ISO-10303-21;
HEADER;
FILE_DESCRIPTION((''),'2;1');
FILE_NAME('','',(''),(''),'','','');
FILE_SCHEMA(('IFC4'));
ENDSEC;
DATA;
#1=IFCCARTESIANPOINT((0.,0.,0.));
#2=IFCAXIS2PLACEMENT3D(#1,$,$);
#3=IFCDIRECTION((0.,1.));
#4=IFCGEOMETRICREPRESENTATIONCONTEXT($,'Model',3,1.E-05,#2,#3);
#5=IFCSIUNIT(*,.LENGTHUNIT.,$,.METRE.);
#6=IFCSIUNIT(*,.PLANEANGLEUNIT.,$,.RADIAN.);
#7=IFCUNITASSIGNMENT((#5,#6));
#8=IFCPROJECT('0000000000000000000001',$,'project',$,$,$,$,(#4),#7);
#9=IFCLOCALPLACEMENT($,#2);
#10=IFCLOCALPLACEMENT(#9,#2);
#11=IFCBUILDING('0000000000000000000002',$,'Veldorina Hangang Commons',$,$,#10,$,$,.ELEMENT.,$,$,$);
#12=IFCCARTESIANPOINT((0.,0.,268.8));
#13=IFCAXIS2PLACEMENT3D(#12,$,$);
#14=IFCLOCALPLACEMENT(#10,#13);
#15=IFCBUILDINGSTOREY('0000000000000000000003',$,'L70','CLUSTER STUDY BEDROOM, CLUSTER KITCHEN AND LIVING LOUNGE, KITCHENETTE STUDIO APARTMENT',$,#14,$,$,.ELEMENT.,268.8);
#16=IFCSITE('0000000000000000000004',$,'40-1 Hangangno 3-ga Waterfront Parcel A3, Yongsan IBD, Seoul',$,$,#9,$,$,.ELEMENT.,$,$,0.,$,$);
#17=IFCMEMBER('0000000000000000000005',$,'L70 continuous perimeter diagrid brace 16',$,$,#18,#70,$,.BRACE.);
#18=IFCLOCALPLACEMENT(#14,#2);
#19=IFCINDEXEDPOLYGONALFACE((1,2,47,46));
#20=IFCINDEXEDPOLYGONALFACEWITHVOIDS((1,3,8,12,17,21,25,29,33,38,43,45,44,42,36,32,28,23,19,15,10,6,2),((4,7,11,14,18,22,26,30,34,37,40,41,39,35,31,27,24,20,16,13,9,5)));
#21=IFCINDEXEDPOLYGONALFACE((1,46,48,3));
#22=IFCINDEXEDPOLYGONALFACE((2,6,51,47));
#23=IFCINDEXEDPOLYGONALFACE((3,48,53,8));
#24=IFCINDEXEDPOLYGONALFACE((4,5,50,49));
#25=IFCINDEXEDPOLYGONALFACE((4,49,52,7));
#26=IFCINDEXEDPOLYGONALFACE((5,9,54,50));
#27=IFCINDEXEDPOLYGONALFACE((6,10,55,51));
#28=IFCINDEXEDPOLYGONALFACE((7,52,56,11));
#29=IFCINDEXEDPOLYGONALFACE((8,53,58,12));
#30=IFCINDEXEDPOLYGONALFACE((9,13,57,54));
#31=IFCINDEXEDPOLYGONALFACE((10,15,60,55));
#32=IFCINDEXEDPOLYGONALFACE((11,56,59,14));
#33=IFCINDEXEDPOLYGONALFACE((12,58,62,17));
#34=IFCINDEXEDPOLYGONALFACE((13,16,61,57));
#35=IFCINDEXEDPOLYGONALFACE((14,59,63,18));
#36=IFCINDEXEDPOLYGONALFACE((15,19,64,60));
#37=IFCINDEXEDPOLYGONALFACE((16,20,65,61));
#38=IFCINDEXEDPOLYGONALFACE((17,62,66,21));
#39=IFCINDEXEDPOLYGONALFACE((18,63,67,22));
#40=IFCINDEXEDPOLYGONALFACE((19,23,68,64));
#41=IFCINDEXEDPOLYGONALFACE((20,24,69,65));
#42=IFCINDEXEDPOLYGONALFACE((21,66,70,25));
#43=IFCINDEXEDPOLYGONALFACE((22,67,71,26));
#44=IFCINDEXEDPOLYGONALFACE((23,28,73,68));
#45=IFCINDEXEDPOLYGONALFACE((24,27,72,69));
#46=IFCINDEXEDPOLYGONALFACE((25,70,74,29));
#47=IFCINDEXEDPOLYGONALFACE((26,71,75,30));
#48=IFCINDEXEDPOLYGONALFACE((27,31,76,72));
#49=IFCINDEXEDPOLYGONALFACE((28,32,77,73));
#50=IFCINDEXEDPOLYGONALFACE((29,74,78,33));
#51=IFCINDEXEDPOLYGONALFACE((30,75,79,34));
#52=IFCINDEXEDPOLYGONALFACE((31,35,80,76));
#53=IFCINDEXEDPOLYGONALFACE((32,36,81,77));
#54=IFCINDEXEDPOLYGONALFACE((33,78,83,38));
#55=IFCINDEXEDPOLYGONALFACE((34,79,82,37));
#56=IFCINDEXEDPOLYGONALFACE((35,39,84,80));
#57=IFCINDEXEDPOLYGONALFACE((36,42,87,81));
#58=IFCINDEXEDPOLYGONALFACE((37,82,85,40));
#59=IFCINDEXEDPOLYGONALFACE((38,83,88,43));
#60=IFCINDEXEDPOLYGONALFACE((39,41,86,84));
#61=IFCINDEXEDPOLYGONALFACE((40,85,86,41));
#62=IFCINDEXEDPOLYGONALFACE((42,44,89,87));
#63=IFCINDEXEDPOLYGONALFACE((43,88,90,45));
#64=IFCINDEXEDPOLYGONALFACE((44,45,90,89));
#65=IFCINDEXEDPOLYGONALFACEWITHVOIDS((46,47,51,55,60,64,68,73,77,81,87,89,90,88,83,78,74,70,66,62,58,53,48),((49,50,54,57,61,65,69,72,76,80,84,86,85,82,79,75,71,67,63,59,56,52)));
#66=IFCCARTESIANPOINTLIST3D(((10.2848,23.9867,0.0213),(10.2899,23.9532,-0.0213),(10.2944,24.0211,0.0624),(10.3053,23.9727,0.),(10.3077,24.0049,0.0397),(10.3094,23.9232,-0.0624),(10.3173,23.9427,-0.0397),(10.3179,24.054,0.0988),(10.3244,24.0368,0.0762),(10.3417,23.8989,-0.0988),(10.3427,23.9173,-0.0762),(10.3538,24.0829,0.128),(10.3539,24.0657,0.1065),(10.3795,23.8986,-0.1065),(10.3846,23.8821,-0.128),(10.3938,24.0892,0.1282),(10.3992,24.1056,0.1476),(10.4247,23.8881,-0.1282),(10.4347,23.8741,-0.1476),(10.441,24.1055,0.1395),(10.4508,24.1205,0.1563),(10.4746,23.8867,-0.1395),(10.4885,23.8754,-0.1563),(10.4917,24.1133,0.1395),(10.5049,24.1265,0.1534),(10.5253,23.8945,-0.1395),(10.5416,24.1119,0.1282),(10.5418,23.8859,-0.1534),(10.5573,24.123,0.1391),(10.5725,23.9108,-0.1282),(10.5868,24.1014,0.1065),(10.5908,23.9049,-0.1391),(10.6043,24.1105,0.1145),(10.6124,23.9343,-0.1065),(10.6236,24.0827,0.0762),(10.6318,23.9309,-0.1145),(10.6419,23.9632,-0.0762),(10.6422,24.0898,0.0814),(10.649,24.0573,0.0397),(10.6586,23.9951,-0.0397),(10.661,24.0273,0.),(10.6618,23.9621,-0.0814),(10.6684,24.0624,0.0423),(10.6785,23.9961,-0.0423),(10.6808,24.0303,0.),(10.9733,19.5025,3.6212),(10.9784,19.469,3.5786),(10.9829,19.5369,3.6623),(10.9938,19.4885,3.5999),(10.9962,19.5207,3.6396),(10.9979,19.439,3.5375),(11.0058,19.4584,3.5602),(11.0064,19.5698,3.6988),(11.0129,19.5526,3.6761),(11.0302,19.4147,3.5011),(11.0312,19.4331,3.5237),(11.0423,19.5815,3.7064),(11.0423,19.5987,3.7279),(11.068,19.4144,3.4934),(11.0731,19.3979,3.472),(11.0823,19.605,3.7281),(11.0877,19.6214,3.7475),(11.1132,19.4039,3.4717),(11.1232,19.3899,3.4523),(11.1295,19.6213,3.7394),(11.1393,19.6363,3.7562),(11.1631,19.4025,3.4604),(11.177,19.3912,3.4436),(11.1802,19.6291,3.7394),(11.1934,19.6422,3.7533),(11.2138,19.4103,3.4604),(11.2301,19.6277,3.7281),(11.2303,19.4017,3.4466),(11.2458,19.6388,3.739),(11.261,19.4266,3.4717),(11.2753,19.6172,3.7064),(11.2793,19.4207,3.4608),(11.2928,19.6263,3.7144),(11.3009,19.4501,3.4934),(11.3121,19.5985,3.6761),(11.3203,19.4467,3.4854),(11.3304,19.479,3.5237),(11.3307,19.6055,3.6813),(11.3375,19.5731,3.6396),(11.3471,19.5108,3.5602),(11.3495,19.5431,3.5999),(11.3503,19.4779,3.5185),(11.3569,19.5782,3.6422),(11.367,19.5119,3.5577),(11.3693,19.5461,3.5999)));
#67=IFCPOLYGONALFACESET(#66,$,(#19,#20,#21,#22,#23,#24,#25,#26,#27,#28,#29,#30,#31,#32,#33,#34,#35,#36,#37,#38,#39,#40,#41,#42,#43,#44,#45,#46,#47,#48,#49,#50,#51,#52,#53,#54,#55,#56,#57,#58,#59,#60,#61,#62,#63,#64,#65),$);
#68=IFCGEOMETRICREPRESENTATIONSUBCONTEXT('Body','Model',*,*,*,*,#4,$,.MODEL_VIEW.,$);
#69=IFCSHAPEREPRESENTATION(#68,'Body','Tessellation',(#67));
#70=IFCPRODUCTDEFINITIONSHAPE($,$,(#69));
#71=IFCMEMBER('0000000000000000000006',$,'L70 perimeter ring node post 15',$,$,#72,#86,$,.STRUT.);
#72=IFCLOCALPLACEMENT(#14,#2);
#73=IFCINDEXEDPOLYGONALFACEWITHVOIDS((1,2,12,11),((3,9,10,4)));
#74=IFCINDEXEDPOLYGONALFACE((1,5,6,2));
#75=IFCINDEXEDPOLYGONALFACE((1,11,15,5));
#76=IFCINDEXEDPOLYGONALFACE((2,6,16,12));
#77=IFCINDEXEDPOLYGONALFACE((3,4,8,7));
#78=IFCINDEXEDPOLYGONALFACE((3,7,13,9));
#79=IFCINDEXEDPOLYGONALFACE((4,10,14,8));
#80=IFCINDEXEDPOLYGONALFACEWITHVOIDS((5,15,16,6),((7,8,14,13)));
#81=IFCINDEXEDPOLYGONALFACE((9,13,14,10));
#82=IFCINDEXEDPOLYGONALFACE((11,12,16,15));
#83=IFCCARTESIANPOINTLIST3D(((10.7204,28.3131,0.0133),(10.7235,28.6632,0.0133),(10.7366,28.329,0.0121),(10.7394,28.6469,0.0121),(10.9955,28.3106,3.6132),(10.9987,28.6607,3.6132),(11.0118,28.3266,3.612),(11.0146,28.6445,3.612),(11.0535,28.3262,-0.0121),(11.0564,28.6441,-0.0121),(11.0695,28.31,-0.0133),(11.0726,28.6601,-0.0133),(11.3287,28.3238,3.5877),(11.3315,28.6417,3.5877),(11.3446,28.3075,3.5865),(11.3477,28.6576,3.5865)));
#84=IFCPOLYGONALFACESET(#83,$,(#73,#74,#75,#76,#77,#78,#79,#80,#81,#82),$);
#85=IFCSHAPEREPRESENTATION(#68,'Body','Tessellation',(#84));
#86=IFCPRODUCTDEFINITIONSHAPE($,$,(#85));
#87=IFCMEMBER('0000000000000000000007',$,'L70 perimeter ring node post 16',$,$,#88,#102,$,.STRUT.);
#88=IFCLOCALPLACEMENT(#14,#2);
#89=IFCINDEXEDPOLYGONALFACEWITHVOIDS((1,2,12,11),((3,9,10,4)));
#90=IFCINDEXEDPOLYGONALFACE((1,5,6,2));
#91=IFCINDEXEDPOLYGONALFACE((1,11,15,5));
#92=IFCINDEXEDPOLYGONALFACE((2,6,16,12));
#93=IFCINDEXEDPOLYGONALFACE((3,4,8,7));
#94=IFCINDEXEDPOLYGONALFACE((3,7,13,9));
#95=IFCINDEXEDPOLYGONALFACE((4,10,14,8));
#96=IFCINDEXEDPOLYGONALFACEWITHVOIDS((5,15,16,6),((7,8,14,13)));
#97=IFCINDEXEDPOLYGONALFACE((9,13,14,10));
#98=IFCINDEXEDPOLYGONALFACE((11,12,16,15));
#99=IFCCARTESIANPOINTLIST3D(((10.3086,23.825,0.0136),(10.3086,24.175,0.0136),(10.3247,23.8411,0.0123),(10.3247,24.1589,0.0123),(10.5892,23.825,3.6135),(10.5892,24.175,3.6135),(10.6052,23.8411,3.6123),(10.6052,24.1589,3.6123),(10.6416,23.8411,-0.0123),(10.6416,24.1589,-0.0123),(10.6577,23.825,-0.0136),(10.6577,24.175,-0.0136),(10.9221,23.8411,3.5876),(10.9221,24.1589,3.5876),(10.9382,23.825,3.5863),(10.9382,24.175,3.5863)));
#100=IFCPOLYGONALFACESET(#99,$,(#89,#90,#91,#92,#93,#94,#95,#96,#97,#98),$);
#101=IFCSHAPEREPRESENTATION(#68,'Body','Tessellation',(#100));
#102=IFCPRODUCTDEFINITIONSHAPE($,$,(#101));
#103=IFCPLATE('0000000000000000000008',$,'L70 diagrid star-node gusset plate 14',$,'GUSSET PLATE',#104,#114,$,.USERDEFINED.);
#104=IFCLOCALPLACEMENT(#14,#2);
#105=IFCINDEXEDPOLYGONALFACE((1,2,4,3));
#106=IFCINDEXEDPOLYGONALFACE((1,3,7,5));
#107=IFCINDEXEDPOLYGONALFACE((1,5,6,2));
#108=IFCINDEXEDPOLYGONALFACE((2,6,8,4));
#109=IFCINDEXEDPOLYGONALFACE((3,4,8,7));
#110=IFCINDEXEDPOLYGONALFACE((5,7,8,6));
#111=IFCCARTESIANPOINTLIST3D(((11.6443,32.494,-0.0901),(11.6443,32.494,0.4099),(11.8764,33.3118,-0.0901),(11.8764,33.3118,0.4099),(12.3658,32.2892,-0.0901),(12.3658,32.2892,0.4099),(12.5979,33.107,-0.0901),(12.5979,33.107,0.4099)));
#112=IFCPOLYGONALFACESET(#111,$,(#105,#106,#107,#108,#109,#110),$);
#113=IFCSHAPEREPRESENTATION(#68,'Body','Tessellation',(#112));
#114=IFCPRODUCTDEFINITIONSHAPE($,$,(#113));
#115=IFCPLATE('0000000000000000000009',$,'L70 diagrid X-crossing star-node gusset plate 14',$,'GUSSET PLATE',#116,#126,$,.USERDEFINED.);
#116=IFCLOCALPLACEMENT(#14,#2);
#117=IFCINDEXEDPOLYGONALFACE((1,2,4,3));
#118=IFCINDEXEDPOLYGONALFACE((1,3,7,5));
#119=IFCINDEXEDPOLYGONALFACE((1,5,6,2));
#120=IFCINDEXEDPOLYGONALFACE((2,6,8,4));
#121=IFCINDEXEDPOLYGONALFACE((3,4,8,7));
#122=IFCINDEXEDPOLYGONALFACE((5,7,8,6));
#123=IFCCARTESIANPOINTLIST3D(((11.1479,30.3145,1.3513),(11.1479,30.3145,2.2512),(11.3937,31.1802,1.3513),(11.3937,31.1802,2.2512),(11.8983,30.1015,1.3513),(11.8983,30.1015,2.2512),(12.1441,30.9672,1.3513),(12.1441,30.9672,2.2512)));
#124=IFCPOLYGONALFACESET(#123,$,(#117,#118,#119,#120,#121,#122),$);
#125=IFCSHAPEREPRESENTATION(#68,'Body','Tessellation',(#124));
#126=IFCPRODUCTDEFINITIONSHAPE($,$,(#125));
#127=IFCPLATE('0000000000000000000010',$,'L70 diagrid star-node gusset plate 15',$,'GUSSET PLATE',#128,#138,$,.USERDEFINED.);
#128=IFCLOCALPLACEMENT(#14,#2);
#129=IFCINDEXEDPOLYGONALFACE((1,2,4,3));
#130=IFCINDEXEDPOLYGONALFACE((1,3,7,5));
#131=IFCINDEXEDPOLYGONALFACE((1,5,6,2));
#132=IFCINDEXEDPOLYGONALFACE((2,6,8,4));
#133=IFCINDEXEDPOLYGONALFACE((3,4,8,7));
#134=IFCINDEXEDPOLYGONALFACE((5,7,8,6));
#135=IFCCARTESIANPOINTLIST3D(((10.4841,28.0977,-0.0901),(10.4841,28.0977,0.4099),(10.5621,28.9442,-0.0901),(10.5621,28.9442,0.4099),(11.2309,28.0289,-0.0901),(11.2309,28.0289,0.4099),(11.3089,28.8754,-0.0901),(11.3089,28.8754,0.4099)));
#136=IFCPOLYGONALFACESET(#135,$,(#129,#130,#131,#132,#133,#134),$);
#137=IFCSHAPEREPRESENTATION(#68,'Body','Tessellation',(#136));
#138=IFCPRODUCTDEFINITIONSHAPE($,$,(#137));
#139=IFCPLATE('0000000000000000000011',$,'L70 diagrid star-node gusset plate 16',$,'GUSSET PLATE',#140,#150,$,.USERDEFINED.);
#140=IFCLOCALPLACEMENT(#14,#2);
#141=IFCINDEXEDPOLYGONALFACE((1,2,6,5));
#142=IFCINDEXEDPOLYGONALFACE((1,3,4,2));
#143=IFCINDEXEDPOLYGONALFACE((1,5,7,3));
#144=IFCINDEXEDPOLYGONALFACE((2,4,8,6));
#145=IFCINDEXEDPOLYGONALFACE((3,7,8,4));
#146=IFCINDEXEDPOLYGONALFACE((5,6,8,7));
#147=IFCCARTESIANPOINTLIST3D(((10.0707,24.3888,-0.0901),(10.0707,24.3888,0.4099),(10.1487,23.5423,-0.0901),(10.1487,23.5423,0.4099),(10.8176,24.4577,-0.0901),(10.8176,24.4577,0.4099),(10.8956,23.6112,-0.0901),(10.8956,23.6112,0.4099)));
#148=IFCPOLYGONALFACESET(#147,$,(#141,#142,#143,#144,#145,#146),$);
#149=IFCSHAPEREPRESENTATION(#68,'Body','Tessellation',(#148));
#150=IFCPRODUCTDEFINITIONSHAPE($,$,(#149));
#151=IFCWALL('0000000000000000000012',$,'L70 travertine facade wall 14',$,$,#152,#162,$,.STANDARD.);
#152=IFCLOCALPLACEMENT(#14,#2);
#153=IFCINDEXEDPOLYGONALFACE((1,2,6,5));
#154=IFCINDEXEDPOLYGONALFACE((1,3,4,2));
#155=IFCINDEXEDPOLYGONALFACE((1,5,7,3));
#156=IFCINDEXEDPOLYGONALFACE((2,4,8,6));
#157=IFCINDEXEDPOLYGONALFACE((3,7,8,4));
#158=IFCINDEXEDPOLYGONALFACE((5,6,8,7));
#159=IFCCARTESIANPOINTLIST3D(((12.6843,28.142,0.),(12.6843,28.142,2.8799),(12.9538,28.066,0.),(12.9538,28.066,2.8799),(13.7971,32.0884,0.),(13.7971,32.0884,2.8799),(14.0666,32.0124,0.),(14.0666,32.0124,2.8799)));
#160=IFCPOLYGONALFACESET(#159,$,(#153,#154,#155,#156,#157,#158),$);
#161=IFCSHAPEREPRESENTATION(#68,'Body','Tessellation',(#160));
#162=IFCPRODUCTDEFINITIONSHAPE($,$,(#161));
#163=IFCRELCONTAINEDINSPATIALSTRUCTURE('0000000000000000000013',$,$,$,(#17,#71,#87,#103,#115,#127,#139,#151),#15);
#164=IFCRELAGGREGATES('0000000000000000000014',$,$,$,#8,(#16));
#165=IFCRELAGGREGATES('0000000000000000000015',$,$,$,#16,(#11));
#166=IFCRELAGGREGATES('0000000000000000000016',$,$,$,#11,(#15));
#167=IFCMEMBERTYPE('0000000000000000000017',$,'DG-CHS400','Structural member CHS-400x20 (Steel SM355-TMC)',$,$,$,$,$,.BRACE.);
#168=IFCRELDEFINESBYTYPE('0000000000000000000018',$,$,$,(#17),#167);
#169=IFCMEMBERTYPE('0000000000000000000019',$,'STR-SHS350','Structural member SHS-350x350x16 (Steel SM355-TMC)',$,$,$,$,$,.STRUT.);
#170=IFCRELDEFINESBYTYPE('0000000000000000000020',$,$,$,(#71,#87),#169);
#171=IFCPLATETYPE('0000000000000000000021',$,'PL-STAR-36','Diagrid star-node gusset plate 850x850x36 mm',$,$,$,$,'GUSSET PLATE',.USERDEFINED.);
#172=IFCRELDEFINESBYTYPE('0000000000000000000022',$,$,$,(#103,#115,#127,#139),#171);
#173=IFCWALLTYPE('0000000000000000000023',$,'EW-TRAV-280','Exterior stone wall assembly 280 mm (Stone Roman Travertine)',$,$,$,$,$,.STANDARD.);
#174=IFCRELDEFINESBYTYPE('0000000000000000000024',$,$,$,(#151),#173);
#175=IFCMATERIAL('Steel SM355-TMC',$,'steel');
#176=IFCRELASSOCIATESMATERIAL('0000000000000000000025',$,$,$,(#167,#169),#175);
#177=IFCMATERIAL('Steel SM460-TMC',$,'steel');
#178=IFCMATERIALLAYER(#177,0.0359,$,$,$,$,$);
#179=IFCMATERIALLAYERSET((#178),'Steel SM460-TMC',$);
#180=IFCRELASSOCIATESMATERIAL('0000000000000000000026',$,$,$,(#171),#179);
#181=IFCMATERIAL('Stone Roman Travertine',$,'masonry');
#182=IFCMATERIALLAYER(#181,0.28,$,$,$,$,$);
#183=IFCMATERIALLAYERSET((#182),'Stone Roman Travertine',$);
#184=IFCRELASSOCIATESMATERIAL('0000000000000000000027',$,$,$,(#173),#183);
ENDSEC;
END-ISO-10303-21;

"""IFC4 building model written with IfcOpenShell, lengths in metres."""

from ifc_helpers import new_model, si_unit, direction, frame, frame_2d, origin, origin_2d, place, context, subcontext, project, spatial, rectangle, hollow_rectangle, hollow_circle, extrude, material, layer, layer_set, material_profile, profile_set, type_object, element, save


model = new_model("IFC4")

# Units and contexts
model_context = context("Model", 3, precision=1e-05, world=origin(), true_north=direction((0.0, 1.0)))
body_context = subcontext(model_context, "Body", "Model", "MODEL_VIEW")
ifc_project = project(units=[si_unit("LENGTHUNIT", "METRE"), si_unit("PLANEANGLEUNIT", "RADIAN")], contexts=[model_context])

# Site, building, storey
site_placement = place(None, origin())
site = spatial("IfcSite", under=ifc_project, at=site_placement, Name="40-1 Hangangno 3-ga Waterfront Parcel A3, Yongsan IBD, Seoul", CompositionType="ELEMENT", RefElevation=0.0)
building_placement = place(site_placement, origin())
building = spatial("IfcBuilding", under=site, at=building_placement, Name="Veldorina Hangang Commons", CompositionType="ELEMENT")
storey_placement = place(building_placement, frame((0.0, 0.0, 268.8)))
storey = spatial("IfcBuildingStorey", under=building, at=storey_placement, Name="L70", Description="CLUSTER STUDY BEDROOM, CLUSTER KITCHEN AND LIVING LOUNGE, KITCHENETTE STUDIO APARTMENT", CompositionType="ELEMENT", Elevation=268.8)

# Shared definitions
ifc_material_1 = material(Name="Steel SM355-TMC", Category="steel")

# Members
ifc_material_profile_1 = material_profile(ifc_material_1, hollow_circle(Radius=0.2, WallThickness=0.02, at=origin_2d()), Name="CHS-400x20")
ifc_profile_set_1 = profile_set([ifc_material_profile_1], Name="Steel SM355-TMC")
member_type_1 = type_object("IfcMemberType", Name="DG-CHS400", Description="Structural member CHS-400x20 (Steel SM355-TMC)", PredefinedType="BRACE", material=ifc_profile_set_1)
member_1_placement = place(storey_placement, frame((10.4832, 24.0, 0.0), z_axis=(0.118879, -0.774273, 0.621585), x_axis=(0.988418, 0.151758, 0.0)))
element("IfcMember", 1, at=member_1_placement, inside=storey, type_object=member_type_1, Name="L70 continuous perimeter diagrid brace 16", PredefinedType="BRACE", context=body_context, shape_type="SweptSolid", body=[
    extrude(hollow_circle(Radius=0.2, WallThickness=0.02, at=origin_2d()), origin(), (0.0, 0.0, 1.0), 5.7915),
])
ifc_material_profile_2 = material_profile(ifc_material_1, hollow_rectangle(XDim=0.3501, YDim=0.3501, WallThickness=0.0161, at=origin_2d()), Name="SHS-350x350x16")
ifc_profile_set_2 = profile_set([ifc_material_profile_2], Name="Steel SM355-TMC")
member_type_2 = type_object("IfcMemberType", Name="STR-SHS350", Description="Structural member SHS-350x350x16 (Steel SM355-TMC)", PredefinedType="STRUT", material=ifc_profile_set_2)
member_2_placement = place(storey_placement, frame((10.8965, 28.4866, 0.0), z_axis=(0.07621, -0.000676, 0.997092), x_axis=(0.008873, 0.999961, 0.0)))
element("IfcMember", 2, at=member_2_placement, inside=storey, type_object=member_type_2, Name="L70 perimeter ring node post 15", PredefinedType="STRUT", context=body_context, shape_type="SweptSolid", body=[
    extrude(hollow_rectangle(XDim=0.3501, YDim=0.3501, WallThickness=0.0161, at=origin_2d()), origin(), (0.0, 0.0, 1.0), 3.6104),
])
member_3_placement = place(storey_placement, frame((10.4832, 24.0, 0.0), z_axis=(0.077689, 0.0, 0.996978), x_axis=(0.0, 1.0, 0.0)))
element("IfcMember", 3, at=member_3_placement, inside=storey, type_object=member_type_2, Name="L70 perimeter ring node post 16", PredefinedType="STRUT", context=body_context, shape_type="SweptSolid", body=[
    extrude(hollow_rectangle(XDim=0.3501, YDim=0.3501, WallThickness=0.0161, at=origin_2d()), origin(), (0.0, 0.0, 1.0), 3.6108),
])

# Plates
ifc_material_2 = material(Name="Steel SM460-TMC", Category="steel")
ifc_layer_1 = layer(ifc_material_2, 0.0359)
ifc_layer_set_1 = layer_set([ifc_layer_1], Name="Steel SM460-TMC")
plate_type = type_object("IfcPlateType", Name="PL-STAR-36", Description="Diagrid star-node gusset plate 850x850x36 mm", ElementType="GUSSET PLATE", PredefinedType="USERDEFINED", material=ifc_layer_set_1)
plate_1_placement = place(storey_placement, frame((12.1211, 32.8005, -0.0901), z_axis=(0.0, 0.0, 1.0), x_axis=(-0.273053, -0.961999, 0.0)))
element("IfcPlate", 4, at=plate_1_placement, inside=storey, type_object=plate_type, Name="L70 diagrid star-node gusset plate 14", ObjectType="GUSSET PLATE", PredefinedType="USERDEFINED", context=body_context, shape_type="SweptSolid", body=[
    extrude(rectangle(XDim=0.8501, YDim=0.75, at=origin_2d()), origin(), (0.0, 0.0, 1.0), 0.5),
])
plate_2_placement = place(storey_placement, frame((11.646, 30.6409, 1.3513), z_axis=(0.0, 0.0, 1.0), x_axis=(-0.273053, -0.961999, 0.0)))
element("IfcPlate", 5, at=plate_2_placement, inside=storey, type_object=plate_type, Name="L70 diagrid X-crossing star-node gusset plate 14", ObjectType="GUSSET PLATE", PredefinedType="USERDEFINED", context=body_context, shape_type="SweptSolid", body=[
    extrude(rectangle(XDim=0.8999, YDim=0.78, at=origin_2d()), origin(), (0.0, 0.0, 1.0), 0.8999),
])
for number, where, z_axis, x_axis, name in (
    (6, (10.8965, 28.4866, -0.0901), (0.0, 0.0, 1.0), (-0.091762, -0.995781, 0.0), "L70 diagrid star-node gusset plate 15"),
    (7, (10.4832, 24.0, -0.0901), (0.0, 0.0, 1.0), (0.091762, -0.995781, 0.0), "L70 diagrid star-node gusset plate 16"),
):
    element("IfcPlate", number, at=place(storey_placement, frame(where, z_axis=z_axis, x_axis=x_axis)), inside=storey, type_object=plate_type, Name=name, ObjectType="GUSSET PLATE", PredefinedType="USERDEFINED", context=body_context, shape_type="SweptSolid", body=[
        extrude(rectangle(XDim=0.8501, YDim=0.75, at=origin_2d()), origin(), (0.0, 0.0, 1.0), 0.5),
    ])

# Wall
ifc_material_3 = material(Name="Stone Roman Travertine", Category="masonry")
ifc_layer_2 = layer(ifc_material_3, 0.28)
ifc_layer_set_2 = layer_set([ifc_layer_2], Name="Stone Roman Travertine")
wall_type_1 = type_object("IfcWallType", Name="EW-TRAV-280", Description="Exterior stone wall assembly 280 mm (Stone Roman Travertine)", PredefinedType="STANDARD", material=ifc_layer_set_2)
wall_1_placement = place(storey_placement, frame((13.9319, 32.0505, 0.0), z_axis=(0.0, 0.0, 1.0), x_axis=(-0.271385, -0.962471, 0.0)))
element("IfcWall", 8, at=wall_1_placement, inside=storey, type_object=wall_type_1, Name="L70 travertine facade wall 14", PredefinedType="STANDARD", context=body_context, shape_type="SweptSolid", body=[
    extrude(rectangle(XDim=4.1003, YDim=0.28, at=frame_2d((2.0503, 0.0))), origin(), (0.0, 0.0, 1.0), 2.8799),
])

save(model, "model.ifc")
